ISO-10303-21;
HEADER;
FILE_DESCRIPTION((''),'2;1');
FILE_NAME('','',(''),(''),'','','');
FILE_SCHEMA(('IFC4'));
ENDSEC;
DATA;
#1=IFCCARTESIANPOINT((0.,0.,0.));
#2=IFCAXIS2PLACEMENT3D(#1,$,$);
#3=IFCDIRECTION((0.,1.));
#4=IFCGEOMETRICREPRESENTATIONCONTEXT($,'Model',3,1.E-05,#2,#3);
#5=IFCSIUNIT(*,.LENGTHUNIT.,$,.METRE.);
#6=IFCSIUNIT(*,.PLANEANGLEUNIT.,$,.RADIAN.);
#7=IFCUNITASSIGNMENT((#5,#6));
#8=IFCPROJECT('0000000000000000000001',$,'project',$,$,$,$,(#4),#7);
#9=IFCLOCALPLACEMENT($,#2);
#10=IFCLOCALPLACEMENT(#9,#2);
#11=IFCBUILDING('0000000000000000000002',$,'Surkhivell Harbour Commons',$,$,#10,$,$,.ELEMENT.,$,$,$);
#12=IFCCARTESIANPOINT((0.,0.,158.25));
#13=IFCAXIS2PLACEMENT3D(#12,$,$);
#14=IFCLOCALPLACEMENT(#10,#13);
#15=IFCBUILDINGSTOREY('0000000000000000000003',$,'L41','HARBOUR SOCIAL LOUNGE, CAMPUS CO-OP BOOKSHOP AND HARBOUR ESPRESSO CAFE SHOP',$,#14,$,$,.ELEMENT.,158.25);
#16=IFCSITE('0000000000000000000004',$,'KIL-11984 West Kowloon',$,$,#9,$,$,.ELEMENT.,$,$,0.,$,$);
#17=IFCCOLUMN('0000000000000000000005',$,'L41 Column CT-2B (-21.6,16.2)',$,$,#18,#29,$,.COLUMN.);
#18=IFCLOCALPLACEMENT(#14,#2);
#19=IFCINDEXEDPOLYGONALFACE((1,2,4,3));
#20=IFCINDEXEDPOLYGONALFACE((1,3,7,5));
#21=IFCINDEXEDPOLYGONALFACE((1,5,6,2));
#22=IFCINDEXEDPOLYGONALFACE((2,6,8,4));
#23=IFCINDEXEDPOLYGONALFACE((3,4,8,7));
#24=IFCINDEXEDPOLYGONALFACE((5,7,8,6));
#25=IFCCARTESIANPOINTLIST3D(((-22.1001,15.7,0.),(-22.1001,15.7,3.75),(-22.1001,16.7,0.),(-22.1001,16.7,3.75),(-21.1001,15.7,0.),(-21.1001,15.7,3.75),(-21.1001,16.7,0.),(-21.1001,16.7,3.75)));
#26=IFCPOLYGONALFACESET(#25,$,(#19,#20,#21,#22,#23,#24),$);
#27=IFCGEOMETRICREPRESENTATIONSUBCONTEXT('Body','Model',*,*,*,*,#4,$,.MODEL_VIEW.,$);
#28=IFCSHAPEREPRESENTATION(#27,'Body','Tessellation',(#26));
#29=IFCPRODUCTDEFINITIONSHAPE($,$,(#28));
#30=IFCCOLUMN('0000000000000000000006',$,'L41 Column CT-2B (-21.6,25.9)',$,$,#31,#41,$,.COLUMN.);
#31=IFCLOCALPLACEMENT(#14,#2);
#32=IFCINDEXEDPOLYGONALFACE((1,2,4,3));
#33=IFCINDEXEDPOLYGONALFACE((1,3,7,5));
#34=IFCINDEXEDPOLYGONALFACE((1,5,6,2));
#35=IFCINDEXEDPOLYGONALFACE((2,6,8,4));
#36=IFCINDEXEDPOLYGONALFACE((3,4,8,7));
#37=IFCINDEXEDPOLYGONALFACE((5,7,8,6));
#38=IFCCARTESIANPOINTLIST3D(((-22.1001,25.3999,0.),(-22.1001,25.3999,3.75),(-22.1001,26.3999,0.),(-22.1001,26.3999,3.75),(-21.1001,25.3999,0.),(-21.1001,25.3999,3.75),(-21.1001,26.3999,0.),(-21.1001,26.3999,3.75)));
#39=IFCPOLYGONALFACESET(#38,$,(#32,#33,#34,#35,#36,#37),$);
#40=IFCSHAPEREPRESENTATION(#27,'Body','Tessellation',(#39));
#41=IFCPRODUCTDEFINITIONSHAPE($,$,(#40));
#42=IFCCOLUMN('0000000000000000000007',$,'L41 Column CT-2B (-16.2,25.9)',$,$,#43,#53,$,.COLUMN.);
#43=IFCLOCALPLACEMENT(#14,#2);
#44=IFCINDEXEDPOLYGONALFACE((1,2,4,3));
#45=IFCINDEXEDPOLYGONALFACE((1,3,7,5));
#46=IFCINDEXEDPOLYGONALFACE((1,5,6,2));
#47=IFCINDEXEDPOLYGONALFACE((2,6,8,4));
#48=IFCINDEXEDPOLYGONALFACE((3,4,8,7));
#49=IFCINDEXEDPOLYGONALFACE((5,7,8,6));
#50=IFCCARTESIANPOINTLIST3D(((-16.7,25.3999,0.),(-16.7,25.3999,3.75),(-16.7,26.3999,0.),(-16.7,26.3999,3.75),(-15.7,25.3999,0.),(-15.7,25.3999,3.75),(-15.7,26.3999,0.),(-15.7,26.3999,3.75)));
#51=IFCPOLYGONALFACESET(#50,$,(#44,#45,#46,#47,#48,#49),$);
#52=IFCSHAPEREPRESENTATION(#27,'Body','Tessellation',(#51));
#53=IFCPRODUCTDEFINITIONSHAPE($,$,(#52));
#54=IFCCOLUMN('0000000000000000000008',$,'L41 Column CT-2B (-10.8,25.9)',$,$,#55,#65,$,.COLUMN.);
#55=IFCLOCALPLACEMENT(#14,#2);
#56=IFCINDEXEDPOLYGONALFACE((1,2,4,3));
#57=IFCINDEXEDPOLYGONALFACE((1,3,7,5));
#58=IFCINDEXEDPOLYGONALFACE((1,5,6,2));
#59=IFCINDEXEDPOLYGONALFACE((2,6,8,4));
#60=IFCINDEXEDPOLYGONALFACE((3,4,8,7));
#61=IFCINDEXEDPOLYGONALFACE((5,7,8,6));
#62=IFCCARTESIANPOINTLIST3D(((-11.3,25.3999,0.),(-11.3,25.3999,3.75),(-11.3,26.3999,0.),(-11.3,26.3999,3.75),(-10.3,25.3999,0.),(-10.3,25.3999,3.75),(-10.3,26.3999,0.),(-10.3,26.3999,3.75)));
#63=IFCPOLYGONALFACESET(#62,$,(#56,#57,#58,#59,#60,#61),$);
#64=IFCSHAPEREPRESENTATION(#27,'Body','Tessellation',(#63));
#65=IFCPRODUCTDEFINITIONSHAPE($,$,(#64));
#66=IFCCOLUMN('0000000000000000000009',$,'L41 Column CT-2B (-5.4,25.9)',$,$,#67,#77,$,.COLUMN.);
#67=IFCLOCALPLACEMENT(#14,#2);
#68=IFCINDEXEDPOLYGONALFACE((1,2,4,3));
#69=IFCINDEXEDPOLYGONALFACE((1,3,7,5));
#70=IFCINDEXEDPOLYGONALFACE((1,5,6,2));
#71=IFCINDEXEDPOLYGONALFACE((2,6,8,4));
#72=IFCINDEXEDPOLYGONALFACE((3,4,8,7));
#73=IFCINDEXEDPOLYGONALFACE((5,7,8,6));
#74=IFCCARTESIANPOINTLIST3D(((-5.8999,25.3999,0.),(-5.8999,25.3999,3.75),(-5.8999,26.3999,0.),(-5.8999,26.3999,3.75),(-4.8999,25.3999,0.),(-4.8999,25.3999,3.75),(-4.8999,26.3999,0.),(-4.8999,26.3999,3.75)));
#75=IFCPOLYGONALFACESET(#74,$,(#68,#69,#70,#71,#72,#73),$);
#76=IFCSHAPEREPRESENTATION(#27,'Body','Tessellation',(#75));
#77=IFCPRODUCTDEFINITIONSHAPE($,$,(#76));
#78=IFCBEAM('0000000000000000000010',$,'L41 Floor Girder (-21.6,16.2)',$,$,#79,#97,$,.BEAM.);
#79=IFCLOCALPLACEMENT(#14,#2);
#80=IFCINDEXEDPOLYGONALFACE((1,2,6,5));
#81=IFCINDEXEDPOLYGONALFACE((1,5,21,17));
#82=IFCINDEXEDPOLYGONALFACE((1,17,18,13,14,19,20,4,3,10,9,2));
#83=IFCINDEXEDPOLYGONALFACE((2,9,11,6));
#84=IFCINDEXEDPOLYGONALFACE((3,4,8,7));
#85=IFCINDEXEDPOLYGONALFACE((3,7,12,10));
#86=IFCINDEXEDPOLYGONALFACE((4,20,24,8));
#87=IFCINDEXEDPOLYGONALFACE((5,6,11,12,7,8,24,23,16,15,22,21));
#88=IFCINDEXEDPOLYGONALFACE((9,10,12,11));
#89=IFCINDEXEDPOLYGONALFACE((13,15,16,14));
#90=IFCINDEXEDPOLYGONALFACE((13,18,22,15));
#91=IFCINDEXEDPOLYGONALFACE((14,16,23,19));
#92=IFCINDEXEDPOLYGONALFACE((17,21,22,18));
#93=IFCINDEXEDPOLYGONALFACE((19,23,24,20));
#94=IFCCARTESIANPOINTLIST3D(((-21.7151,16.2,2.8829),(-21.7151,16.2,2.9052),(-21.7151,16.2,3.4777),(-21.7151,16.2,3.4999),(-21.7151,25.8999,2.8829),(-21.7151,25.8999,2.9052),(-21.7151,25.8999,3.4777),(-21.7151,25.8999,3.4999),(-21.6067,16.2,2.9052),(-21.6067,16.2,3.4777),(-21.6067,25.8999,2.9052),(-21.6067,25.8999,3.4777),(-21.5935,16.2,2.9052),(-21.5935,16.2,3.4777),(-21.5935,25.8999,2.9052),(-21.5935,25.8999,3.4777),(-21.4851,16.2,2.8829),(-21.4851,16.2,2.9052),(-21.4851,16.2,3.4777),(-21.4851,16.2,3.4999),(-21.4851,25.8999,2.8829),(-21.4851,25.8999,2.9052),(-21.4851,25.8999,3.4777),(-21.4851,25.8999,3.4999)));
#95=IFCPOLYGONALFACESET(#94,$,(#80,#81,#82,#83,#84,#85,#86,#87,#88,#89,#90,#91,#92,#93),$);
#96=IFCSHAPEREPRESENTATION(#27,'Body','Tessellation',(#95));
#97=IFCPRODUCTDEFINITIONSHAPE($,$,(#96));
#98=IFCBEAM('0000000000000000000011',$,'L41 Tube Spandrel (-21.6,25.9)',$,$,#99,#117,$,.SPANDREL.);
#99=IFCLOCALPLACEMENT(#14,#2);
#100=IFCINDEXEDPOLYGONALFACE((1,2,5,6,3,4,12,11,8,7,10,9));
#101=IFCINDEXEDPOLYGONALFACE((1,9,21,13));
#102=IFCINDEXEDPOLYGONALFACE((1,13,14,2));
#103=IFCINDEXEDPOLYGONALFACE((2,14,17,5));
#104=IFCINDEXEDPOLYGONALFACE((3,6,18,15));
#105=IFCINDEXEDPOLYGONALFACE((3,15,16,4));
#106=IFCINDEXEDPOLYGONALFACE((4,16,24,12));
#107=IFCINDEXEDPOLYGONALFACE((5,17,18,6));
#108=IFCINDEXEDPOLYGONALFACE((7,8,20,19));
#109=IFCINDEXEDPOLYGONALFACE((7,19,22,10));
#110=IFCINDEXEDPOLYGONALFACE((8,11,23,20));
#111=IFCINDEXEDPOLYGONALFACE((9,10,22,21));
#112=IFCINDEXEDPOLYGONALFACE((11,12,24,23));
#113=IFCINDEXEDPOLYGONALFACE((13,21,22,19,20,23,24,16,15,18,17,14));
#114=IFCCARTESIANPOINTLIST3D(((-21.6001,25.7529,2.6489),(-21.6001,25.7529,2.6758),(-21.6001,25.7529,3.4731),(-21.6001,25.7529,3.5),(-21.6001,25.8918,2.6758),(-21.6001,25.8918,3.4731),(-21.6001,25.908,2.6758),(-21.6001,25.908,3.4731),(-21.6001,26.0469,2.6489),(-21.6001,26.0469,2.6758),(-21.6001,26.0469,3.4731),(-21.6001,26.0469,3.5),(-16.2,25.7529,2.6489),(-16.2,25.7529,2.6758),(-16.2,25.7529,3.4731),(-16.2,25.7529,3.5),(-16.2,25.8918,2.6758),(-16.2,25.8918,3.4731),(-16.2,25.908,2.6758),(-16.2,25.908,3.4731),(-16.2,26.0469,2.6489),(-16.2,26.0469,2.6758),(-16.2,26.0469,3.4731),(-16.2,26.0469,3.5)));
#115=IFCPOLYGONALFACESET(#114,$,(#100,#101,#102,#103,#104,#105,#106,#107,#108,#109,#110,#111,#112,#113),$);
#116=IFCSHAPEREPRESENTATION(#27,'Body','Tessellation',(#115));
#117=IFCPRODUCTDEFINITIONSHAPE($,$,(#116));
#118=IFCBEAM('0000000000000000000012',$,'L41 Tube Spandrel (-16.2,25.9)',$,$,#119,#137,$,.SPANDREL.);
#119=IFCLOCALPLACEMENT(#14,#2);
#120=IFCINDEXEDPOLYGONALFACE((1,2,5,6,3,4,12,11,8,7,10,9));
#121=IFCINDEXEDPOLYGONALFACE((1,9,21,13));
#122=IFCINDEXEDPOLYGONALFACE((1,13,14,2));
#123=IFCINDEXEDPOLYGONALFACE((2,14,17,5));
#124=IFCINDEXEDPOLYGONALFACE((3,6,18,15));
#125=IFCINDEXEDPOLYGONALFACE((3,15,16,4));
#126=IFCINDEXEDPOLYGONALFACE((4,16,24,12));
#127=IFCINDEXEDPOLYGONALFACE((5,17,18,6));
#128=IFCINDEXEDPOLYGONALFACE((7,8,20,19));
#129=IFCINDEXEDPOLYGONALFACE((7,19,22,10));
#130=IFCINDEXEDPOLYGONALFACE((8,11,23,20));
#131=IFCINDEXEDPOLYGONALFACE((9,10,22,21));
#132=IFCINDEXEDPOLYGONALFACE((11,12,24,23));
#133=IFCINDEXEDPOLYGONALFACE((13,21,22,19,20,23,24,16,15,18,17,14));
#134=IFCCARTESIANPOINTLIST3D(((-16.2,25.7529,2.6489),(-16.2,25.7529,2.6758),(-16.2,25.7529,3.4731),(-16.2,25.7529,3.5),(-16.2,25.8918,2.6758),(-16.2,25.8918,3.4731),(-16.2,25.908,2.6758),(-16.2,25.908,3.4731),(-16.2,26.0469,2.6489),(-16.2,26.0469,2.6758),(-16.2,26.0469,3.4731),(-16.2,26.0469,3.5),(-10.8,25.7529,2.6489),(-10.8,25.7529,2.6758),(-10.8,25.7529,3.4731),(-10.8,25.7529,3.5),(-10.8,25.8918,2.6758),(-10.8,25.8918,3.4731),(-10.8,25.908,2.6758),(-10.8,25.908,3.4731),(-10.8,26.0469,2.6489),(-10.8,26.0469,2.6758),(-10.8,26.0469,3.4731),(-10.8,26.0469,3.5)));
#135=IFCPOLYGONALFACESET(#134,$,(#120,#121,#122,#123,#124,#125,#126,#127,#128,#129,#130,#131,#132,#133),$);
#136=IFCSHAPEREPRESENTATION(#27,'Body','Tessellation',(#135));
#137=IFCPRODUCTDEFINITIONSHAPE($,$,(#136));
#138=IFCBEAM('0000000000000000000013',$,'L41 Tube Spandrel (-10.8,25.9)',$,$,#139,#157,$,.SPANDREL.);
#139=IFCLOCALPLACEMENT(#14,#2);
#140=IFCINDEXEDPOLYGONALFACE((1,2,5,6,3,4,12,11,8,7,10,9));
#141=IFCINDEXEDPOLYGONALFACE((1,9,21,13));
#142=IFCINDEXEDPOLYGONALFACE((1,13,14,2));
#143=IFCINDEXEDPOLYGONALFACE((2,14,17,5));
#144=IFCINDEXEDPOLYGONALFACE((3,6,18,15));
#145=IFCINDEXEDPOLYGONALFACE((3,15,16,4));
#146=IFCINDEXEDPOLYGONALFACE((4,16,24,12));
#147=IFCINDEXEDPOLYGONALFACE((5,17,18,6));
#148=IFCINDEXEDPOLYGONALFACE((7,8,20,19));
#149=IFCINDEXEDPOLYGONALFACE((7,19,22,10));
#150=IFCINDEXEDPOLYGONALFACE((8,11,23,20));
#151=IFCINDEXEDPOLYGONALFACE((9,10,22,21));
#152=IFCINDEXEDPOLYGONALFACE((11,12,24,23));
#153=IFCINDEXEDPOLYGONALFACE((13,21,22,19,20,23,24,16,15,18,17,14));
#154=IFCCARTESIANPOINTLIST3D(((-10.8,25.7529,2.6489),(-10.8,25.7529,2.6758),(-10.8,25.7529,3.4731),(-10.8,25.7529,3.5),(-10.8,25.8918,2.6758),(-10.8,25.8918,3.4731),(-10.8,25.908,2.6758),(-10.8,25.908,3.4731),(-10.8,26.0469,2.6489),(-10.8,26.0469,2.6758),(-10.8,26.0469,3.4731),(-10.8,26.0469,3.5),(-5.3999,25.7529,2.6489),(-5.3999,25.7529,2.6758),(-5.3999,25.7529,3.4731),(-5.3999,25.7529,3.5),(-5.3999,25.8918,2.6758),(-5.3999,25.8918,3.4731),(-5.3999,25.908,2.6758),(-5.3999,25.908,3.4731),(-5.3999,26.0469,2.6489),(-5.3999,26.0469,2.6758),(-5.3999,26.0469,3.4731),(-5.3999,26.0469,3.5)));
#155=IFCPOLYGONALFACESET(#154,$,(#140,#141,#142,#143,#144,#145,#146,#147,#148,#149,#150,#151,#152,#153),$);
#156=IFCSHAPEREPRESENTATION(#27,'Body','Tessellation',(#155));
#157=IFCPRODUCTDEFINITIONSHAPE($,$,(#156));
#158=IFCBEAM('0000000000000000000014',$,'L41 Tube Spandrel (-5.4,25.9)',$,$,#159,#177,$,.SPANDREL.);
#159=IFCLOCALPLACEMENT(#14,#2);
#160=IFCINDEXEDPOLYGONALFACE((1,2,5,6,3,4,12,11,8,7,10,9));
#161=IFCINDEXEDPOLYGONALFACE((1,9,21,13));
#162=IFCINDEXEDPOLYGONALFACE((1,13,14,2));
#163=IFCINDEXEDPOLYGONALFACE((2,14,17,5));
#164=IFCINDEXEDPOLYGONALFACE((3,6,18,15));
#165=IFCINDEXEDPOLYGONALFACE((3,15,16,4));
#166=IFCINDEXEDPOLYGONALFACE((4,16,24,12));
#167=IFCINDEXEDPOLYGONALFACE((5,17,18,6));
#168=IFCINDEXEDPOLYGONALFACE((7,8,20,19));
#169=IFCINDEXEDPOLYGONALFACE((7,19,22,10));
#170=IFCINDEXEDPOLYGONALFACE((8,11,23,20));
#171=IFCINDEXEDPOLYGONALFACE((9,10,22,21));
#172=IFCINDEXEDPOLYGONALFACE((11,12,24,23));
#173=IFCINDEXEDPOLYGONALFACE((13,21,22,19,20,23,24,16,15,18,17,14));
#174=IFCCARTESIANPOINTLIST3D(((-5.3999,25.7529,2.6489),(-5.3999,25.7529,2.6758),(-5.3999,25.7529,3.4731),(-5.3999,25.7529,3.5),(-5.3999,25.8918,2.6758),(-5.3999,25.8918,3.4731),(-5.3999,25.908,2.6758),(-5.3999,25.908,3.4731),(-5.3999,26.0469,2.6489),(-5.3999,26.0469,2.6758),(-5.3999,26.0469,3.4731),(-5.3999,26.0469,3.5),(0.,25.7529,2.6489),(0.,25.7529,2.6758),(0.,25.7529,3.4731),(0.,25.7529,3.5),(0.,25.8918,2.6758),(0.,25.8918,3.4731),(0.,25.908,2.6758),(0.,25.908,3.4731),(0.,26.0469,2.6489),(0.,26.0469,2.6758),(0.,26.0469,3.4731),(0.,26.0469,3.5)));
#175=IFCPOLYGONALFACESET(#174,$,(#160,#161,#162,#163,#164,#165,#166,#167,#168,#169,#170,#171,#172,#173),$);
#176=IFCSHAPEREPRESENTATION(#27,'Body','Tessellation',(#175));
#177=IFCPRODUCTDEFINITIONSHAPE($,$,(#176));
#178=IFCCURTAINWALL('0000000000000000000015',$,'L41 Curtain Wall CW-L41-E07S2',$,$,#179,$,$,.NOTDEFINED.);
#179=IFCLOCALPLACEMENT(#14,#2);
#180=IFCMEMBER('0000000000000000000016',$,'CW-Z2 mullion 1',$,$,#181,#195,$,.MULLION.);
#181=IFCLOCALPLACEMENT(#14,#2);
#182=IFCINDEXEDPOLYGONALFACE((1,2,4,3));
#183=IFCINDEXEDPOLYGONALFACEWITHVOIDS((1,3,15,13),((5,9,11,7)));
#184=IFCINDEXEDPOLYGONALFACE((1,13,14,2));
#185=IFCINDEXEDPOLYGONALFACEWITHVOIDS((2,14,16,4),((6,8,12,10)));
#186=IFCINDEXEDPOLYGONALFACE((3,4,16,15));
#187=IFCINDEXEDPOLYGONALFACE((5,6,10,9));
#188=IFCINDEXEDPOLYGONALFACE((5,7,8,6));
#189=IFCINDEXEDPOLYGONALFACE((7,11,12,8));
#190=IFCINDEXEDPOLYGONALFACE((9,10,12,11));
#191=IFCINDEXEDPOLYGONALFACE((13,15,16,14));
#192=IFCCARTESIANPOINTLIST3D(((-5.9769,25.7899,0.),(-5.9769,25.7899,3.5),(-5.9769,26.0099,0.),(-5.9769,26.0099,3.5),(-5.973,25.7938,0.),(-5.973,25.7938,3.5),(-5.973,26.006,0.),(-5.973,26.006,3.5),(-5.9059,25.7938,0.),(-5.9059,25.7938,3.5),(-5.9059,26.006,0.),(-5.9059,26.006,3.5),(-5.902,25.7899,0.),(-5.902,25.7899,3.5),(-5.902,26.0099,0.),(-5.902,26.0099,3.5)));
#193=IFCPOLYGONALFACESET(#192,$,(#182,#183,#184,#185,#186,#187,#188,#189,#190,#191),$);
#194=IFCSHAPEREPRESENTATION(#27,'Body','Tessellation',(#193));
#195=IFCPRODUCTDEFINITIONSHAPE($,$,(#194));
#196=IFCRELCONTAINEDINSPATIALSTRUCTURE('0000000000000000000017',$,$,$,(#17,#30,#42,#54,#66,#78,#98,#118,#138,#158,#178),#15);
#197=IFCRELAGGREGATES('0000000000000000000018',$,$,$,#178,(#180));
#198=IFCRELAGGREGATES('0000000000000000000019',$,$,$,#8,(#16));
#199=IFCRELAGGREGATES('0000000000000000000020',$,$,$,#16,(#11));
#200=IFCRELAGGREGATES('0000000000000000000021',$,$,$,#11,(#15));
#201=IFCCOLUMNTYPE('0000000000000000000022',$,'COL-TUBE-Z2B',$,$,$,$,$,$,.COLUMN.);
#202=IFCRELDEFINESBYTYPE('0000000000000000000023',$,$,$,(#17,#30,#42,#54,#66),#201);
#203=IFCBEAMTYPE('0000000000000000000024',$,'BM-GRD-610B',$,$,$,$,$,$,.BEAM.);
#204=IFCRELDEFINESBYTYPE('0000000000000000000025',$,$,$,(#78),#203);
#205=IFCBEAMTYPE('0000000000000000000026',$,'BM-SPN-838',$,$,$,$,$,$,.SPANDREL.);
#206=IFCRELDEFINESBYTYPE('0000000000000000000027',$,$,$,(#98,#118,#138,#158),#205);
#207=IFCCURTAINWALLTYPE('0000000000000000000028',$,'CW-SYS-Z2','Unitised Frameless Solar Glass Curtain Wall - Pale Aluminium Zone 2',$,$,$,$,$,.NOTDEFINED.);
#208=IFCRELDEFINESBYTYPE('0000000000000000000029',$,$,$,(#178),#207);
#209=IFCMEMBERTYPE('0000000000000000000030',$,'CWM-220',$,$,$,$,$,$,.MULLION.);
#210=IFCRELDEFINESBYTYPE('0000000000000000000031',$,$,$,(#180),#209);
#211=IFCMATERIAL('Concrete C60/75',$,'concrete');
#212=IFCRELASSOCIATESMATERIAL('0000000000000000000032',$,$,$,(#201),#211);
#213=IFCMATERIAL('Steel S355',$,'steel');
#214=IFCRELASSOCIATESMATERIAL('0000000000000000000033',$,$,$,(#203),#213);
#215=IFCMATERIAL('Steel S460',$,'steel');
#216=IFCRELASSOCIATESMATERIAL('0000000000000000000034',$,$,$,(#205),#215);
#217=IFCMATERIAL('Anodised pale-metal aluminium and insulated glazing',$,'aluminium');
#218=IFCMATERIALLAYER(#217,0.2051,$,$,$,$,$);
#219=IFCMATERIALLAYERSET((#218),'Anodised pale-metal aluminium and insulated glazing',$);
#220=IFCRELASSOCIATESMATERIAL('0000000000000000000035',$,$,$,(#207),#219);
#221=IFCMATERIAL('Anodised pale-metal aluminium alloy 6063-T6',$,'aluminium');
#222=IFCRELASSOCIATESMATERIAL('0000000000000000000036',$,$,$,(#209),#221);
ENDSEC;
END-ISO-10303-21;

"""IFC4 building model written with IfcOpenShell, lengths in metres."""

from ifc_helpers import new_model, si_unit, direction, frame, origin, origin_2d, place, context, subcontext, project, spatial, rectangle, hollow_rectangle, i_section, extrude, material, layer, layer_set, material_profile, profile_set, type_object, element, aggregate, save


model = new_model("IFC4")

# Units and contexts
model_context = context("Model", 3, precision=1e-05, world=origin(), true_north=direction((0.0, 1.0)))
body_context = subcontext(model_context, "Body", "Model", "MODEL_VIEW")
ifc_project = project(units=[si_unit("LENGTHUNIT", "METRE"), si_unit("PLANEANGLEUNIT", "RADIAN")], contexts=[model_context])

# Site, building, storey
site_placement = place(None, origin())
site = spatial("IfcSite", under=ifc_project, at=site_placement, Name="KIL-11984 West Kowloon", CompositionType="ELEMENT", RefElevation=0.0)
building_placement = place(site_placement, origin())
building = spatial("IfcBuilding", under=site, at=building_placement, Name="Surkhivell Harbour Commons", CompositionType="ELEMENT")
storey_placement = place(building_placement, frame((0.0, 0.0, 158.25)))
storey = spatial("IfcBuildingStorey", under=building, at=storey_placement, Name="L41", Description="HARBOUR SOCIAL LOUNGE, CAMPUS CO-OP BOOKSHOP AND HARBOUR ESPRESSO CAFE SHOP", CompositionType="ELEMENT", Elevation=158.25)

# Columns
ifc_material_1 = material(Name="Concrete C60/75", Category="concrete")
ifc_material_profile_1 = material_profile(ifc_material_1, rectangle(XDim=1.0, YDim=1.0, at=origin_2d()), Name="RC-COL-1000x1000")
ifc_profile_set_1 = profile_set([ifc_material_profile_1], Name="Concrete C60/75")
column_type = type_object("IfcColumnType", Name="COL-TUBE-Z2B", PredefinedType="COLUMN", material=ifc_profile_set_1)
for number, where, z_axis, x_axis, name in (
    (1, (-21.6001, 16.2, 0.0), (0.0, 0.0, 1.0), (1.0, 0.0, 0.0), "L41 Column CT-2B (-21.6,16.2)"),
    (2, (-21.6001, 25.8999, 0.0), (0.0, 0.0, 1.0), (1.0, 0.0, 0.0), "L41 Column CT-2B (-21.6,25.9)"),
    (3, (-16.2, 25.8999, 0.0), (0.0, 0.0, 1.0), (1.0, 0.0, 0.0), "L41 Column CT-2B (-16.2,25.9)"),
    (4, (-10.8, 25.8999, 0.0), (0.0, 0.0, 1.0), (1.0, 0.0, 0.0), "L41 Column CT-2B (-10.8,25.9)"),
    (5, (-5.3999, 25.8999, 0.0), (0.0, 0.0, 1.0), (1.0, 0.0, 0.0), "L41 Column CT-2B (-5.4,25.9)"),
):
    element("IfcColumn", number, at=place(storey_placement, frame(where, z_axis=z_axis, x_axis=x_axis)), inside=storey, type_object=column_type, Name=name, PredefinedType="COLUMN", context=body_context, shape_type="SweptSolid", body=[
        extrude(rectangle(XDim=1.0, YDim=1.0, at=origin_2d()), origin(), (0.0, 0.0, 1.0), 3.75),
    ])

# Beams
ifc_material_2 = material(Name="Steel S355", Category="steel")
ifc_material_profile_2 = material_profile(ifc_material_2, i_section(OverallWidth=0.23, OverallDepth=0.6169, WebThickness=0.0132, FlangeThickness=0.0222, at=origin_2d()), Name="UB610x229x140")
ifc_profile_set_2 = profile_set([ifc_material_profile_2], Name="Steel S355")
beam_type_1 = type_object("IfcBeamType", Name="BM-GRD-610B", PredefinedType="BEAM", material=ifc_profile_set_2)
beam_1_placement = place(storey_placement, frame((-21.6001, 16.2, 3.1914), z_axis=(0.0, 1.0, 0.0), x_axis=(-1.0, 0.0, 0.0)))
element("IfcBeam", 6, at=beam_1_placement, inside=storey, type_object=beam_type_1, Name="L41 Floor Girder (-21.6,16.2)", PredefinedType="BEAM", context=body_context, shape_type="SweptSolid", body=[
    extrude(i_section(OverallWidth=0.23, OverallDepth=0.6169, WebThickness=0.0132, FlangeThickness=0.0222, at=origin_2d()), origin(), (0.0, 0.0, 1.0), 9.7),
])
ifc_material_3 = material(Name="Steel S460", Category="steel")
ifc_material_profile_3 = material_profile(ifc_material_3, i_section(OverallWidth=0.2939, OverallDepth=0.8511, WebThickness=0.0161, FlangeThickness=0.0269, at=origin_2d()), Name="UB838x292x226")
ifc_profile_set_3 = profile_set([ifc_material_profile_3], Name="Steel S460")
beam_type_2 = type_object("IfcBeamType", Name="BM-SPN-838", PredefinedType="SPANDREL", material=ifc_profile_set_3)
beam_2_placement = place(storey_placement, frame((-21.6001, 25.8999, 3.0745), z_axis=(1.0, 0.0, 0.0), x_axis=(0.0, 1.0, 0.0)))
element("IfcBeam", 7, at=beam_2_placement, inside=storey, type_object=beam_type_2, Name="L41 Tube Spandrel (-21.6,25.9)", PredefinedType="SPANDREL", context=body_context, shape_type="SweptSolid", body=[
    extrude(i_section(OverallWidth=0.2939, OverallDepth=0.8511, WebThickness=0.0161, FlangeThickness=0.0269, at=origin_2d()), origin(), (0.0, 0.0, 1.0), 5.4001),
])
beam_3_placement = place(storey_placement, frame((-16.2, 25.8999, 3.0745), z_axis=(1.0, 0.0, 0.0), x_axis=(0.0, 1.0, 0.0)))
element("IfcBeam", 8, at=beam_3_placement, inside=storey, type_object=beam_type_2, Name="L41 Tube Spandrel (-16.2,25.9)", PredefinedType="SPANDREL", context=body_context, shape_type="SweptSolid", body=[
    extrude(i_section(OverallWidth=0.2939, OverallDepth=0.8511, WebThickness=0.0161, FlangeThickness=0.0269, at=origin_2d()), origin(), (0.0, 0.0, 1.0), 5.3999),
])
beam_4_placement = place(storey_placement, frame((-10.8, 25.8999, 3.0745), z_axis=(1.0, 0.0, 0.0), x_axis=(0.0, 1.0, 0.0)))
element("IfcBeam", 9, at=beam_4_placement, inside=storey, type_object=beam_type_2, Name="L41 Tube Spandrel (-10.8,25.9)", PredefinedType="SPANDREL", context=body_context, shape_type="SweptSolid", body=[
    extrude(i_section(OverallWidth=0.2939, OverallDepth=0.8511, WebThickness=0.0161, FlangeThickness=0.0269, at=origin_2d()), origin(), (0.0, 0.0, 1.0), 5.4001),
])
beam_5_placement = place(storey_placement, frame((-5.3999, 25.8999, 3.0745), z_axis=(1.0, 0.0, 0.0), x_axis=(0.0, 1.0, 0.0)))
element("IfcBeam", 10, at=beam_5_placement, inside=storey, type_object=beam_type_2, Name="L41 Tube Spandrel (-5.4,25.9)", PredefinedType="SPANDREL", context=body_context, shape_type="SweptSolid", body=[
    extrude(i_section(OverallWidth=0.2939, OverallDepth=0.8511, WebThickness=0.0161, FlangeThickness=0.0269, at=origin_2d()), origin(), (0.0, 0.0, 1.0), 5.3999),
])

# Curtain wall, member
ifc_material_4 = material(Name="Anodised pale-metal aluminium and insulated glazing", Category="aluminium")
ifc_layer_1 = layer(ifc_material_4, 0.2051)
ifc_layer_set_1 = layer_set([ifc_layer_1], Name="Anodised pale-metal aluminium and insulated glazing")
curtain_wall_type = type_object("IfcCurtainWallType", Name="CW-SYS-Z2", Description="Unitised Frameless Solar Glass Curtain Wall - Pale Aluminium Zone 2", PredefinedType="NOTDEFINED", material=ifc_layer_set_1)
curtain_wall_placement = place(storey_placement, origin())
curtain_wall = element("IfcCurtainWall", 11, at=curtain_wall_placement, inside=storey, type_object=curtain_wall_type, Name="L41 Curtain Wall CW-L41-E07S2", PredefinedType="NOTDEFINED")
ifc_material_5 = material(Name="Anodised pale-metal aluminium alloy 6063-T6", Category="aluminium")
ifc_material_profile_4 = material_profile(ifc_material_5, hollow_rectangle(XDim=0.075, YDim=0.22, WallThickness=0.0039, at=origin_2d()), Name="ALU-MULL-75x220")
ifc_profile_set_4 = profile_set([ifc_material_profile_4], Name="Anodised pale-metal aluminium alloy 6063-T6")
member_type_1 = type_object("IfcMemberType", Name="CWM-220", PredefinedType="MULLION", material=ifc_profile_set_4)
member_1_placement = place(storey_placement, frame((-5.9395, 25.8999, 0.0), z_axis=(0.0, 0.0, 1.0), x_axis=(-1.0, 0.0, 0.0)))
member_1 = element("IfcMember", 12, at=member_1_placement, type_object=member_type_1, Name="CW-Z2 mullion 1", PredefinedType="MULLION", context=body_context, shape_type="SweptSolid", body=[
    extrude(hollow_rectangle(XDim=0.075, YDim=0.22, WallThickness=0.0039, at=origin_2d()), origin(), (0.0, 0.0, 1.0), 3.5),
])

aggregate(curtain_wall, [member_1])

save(model, "model.ifc")
